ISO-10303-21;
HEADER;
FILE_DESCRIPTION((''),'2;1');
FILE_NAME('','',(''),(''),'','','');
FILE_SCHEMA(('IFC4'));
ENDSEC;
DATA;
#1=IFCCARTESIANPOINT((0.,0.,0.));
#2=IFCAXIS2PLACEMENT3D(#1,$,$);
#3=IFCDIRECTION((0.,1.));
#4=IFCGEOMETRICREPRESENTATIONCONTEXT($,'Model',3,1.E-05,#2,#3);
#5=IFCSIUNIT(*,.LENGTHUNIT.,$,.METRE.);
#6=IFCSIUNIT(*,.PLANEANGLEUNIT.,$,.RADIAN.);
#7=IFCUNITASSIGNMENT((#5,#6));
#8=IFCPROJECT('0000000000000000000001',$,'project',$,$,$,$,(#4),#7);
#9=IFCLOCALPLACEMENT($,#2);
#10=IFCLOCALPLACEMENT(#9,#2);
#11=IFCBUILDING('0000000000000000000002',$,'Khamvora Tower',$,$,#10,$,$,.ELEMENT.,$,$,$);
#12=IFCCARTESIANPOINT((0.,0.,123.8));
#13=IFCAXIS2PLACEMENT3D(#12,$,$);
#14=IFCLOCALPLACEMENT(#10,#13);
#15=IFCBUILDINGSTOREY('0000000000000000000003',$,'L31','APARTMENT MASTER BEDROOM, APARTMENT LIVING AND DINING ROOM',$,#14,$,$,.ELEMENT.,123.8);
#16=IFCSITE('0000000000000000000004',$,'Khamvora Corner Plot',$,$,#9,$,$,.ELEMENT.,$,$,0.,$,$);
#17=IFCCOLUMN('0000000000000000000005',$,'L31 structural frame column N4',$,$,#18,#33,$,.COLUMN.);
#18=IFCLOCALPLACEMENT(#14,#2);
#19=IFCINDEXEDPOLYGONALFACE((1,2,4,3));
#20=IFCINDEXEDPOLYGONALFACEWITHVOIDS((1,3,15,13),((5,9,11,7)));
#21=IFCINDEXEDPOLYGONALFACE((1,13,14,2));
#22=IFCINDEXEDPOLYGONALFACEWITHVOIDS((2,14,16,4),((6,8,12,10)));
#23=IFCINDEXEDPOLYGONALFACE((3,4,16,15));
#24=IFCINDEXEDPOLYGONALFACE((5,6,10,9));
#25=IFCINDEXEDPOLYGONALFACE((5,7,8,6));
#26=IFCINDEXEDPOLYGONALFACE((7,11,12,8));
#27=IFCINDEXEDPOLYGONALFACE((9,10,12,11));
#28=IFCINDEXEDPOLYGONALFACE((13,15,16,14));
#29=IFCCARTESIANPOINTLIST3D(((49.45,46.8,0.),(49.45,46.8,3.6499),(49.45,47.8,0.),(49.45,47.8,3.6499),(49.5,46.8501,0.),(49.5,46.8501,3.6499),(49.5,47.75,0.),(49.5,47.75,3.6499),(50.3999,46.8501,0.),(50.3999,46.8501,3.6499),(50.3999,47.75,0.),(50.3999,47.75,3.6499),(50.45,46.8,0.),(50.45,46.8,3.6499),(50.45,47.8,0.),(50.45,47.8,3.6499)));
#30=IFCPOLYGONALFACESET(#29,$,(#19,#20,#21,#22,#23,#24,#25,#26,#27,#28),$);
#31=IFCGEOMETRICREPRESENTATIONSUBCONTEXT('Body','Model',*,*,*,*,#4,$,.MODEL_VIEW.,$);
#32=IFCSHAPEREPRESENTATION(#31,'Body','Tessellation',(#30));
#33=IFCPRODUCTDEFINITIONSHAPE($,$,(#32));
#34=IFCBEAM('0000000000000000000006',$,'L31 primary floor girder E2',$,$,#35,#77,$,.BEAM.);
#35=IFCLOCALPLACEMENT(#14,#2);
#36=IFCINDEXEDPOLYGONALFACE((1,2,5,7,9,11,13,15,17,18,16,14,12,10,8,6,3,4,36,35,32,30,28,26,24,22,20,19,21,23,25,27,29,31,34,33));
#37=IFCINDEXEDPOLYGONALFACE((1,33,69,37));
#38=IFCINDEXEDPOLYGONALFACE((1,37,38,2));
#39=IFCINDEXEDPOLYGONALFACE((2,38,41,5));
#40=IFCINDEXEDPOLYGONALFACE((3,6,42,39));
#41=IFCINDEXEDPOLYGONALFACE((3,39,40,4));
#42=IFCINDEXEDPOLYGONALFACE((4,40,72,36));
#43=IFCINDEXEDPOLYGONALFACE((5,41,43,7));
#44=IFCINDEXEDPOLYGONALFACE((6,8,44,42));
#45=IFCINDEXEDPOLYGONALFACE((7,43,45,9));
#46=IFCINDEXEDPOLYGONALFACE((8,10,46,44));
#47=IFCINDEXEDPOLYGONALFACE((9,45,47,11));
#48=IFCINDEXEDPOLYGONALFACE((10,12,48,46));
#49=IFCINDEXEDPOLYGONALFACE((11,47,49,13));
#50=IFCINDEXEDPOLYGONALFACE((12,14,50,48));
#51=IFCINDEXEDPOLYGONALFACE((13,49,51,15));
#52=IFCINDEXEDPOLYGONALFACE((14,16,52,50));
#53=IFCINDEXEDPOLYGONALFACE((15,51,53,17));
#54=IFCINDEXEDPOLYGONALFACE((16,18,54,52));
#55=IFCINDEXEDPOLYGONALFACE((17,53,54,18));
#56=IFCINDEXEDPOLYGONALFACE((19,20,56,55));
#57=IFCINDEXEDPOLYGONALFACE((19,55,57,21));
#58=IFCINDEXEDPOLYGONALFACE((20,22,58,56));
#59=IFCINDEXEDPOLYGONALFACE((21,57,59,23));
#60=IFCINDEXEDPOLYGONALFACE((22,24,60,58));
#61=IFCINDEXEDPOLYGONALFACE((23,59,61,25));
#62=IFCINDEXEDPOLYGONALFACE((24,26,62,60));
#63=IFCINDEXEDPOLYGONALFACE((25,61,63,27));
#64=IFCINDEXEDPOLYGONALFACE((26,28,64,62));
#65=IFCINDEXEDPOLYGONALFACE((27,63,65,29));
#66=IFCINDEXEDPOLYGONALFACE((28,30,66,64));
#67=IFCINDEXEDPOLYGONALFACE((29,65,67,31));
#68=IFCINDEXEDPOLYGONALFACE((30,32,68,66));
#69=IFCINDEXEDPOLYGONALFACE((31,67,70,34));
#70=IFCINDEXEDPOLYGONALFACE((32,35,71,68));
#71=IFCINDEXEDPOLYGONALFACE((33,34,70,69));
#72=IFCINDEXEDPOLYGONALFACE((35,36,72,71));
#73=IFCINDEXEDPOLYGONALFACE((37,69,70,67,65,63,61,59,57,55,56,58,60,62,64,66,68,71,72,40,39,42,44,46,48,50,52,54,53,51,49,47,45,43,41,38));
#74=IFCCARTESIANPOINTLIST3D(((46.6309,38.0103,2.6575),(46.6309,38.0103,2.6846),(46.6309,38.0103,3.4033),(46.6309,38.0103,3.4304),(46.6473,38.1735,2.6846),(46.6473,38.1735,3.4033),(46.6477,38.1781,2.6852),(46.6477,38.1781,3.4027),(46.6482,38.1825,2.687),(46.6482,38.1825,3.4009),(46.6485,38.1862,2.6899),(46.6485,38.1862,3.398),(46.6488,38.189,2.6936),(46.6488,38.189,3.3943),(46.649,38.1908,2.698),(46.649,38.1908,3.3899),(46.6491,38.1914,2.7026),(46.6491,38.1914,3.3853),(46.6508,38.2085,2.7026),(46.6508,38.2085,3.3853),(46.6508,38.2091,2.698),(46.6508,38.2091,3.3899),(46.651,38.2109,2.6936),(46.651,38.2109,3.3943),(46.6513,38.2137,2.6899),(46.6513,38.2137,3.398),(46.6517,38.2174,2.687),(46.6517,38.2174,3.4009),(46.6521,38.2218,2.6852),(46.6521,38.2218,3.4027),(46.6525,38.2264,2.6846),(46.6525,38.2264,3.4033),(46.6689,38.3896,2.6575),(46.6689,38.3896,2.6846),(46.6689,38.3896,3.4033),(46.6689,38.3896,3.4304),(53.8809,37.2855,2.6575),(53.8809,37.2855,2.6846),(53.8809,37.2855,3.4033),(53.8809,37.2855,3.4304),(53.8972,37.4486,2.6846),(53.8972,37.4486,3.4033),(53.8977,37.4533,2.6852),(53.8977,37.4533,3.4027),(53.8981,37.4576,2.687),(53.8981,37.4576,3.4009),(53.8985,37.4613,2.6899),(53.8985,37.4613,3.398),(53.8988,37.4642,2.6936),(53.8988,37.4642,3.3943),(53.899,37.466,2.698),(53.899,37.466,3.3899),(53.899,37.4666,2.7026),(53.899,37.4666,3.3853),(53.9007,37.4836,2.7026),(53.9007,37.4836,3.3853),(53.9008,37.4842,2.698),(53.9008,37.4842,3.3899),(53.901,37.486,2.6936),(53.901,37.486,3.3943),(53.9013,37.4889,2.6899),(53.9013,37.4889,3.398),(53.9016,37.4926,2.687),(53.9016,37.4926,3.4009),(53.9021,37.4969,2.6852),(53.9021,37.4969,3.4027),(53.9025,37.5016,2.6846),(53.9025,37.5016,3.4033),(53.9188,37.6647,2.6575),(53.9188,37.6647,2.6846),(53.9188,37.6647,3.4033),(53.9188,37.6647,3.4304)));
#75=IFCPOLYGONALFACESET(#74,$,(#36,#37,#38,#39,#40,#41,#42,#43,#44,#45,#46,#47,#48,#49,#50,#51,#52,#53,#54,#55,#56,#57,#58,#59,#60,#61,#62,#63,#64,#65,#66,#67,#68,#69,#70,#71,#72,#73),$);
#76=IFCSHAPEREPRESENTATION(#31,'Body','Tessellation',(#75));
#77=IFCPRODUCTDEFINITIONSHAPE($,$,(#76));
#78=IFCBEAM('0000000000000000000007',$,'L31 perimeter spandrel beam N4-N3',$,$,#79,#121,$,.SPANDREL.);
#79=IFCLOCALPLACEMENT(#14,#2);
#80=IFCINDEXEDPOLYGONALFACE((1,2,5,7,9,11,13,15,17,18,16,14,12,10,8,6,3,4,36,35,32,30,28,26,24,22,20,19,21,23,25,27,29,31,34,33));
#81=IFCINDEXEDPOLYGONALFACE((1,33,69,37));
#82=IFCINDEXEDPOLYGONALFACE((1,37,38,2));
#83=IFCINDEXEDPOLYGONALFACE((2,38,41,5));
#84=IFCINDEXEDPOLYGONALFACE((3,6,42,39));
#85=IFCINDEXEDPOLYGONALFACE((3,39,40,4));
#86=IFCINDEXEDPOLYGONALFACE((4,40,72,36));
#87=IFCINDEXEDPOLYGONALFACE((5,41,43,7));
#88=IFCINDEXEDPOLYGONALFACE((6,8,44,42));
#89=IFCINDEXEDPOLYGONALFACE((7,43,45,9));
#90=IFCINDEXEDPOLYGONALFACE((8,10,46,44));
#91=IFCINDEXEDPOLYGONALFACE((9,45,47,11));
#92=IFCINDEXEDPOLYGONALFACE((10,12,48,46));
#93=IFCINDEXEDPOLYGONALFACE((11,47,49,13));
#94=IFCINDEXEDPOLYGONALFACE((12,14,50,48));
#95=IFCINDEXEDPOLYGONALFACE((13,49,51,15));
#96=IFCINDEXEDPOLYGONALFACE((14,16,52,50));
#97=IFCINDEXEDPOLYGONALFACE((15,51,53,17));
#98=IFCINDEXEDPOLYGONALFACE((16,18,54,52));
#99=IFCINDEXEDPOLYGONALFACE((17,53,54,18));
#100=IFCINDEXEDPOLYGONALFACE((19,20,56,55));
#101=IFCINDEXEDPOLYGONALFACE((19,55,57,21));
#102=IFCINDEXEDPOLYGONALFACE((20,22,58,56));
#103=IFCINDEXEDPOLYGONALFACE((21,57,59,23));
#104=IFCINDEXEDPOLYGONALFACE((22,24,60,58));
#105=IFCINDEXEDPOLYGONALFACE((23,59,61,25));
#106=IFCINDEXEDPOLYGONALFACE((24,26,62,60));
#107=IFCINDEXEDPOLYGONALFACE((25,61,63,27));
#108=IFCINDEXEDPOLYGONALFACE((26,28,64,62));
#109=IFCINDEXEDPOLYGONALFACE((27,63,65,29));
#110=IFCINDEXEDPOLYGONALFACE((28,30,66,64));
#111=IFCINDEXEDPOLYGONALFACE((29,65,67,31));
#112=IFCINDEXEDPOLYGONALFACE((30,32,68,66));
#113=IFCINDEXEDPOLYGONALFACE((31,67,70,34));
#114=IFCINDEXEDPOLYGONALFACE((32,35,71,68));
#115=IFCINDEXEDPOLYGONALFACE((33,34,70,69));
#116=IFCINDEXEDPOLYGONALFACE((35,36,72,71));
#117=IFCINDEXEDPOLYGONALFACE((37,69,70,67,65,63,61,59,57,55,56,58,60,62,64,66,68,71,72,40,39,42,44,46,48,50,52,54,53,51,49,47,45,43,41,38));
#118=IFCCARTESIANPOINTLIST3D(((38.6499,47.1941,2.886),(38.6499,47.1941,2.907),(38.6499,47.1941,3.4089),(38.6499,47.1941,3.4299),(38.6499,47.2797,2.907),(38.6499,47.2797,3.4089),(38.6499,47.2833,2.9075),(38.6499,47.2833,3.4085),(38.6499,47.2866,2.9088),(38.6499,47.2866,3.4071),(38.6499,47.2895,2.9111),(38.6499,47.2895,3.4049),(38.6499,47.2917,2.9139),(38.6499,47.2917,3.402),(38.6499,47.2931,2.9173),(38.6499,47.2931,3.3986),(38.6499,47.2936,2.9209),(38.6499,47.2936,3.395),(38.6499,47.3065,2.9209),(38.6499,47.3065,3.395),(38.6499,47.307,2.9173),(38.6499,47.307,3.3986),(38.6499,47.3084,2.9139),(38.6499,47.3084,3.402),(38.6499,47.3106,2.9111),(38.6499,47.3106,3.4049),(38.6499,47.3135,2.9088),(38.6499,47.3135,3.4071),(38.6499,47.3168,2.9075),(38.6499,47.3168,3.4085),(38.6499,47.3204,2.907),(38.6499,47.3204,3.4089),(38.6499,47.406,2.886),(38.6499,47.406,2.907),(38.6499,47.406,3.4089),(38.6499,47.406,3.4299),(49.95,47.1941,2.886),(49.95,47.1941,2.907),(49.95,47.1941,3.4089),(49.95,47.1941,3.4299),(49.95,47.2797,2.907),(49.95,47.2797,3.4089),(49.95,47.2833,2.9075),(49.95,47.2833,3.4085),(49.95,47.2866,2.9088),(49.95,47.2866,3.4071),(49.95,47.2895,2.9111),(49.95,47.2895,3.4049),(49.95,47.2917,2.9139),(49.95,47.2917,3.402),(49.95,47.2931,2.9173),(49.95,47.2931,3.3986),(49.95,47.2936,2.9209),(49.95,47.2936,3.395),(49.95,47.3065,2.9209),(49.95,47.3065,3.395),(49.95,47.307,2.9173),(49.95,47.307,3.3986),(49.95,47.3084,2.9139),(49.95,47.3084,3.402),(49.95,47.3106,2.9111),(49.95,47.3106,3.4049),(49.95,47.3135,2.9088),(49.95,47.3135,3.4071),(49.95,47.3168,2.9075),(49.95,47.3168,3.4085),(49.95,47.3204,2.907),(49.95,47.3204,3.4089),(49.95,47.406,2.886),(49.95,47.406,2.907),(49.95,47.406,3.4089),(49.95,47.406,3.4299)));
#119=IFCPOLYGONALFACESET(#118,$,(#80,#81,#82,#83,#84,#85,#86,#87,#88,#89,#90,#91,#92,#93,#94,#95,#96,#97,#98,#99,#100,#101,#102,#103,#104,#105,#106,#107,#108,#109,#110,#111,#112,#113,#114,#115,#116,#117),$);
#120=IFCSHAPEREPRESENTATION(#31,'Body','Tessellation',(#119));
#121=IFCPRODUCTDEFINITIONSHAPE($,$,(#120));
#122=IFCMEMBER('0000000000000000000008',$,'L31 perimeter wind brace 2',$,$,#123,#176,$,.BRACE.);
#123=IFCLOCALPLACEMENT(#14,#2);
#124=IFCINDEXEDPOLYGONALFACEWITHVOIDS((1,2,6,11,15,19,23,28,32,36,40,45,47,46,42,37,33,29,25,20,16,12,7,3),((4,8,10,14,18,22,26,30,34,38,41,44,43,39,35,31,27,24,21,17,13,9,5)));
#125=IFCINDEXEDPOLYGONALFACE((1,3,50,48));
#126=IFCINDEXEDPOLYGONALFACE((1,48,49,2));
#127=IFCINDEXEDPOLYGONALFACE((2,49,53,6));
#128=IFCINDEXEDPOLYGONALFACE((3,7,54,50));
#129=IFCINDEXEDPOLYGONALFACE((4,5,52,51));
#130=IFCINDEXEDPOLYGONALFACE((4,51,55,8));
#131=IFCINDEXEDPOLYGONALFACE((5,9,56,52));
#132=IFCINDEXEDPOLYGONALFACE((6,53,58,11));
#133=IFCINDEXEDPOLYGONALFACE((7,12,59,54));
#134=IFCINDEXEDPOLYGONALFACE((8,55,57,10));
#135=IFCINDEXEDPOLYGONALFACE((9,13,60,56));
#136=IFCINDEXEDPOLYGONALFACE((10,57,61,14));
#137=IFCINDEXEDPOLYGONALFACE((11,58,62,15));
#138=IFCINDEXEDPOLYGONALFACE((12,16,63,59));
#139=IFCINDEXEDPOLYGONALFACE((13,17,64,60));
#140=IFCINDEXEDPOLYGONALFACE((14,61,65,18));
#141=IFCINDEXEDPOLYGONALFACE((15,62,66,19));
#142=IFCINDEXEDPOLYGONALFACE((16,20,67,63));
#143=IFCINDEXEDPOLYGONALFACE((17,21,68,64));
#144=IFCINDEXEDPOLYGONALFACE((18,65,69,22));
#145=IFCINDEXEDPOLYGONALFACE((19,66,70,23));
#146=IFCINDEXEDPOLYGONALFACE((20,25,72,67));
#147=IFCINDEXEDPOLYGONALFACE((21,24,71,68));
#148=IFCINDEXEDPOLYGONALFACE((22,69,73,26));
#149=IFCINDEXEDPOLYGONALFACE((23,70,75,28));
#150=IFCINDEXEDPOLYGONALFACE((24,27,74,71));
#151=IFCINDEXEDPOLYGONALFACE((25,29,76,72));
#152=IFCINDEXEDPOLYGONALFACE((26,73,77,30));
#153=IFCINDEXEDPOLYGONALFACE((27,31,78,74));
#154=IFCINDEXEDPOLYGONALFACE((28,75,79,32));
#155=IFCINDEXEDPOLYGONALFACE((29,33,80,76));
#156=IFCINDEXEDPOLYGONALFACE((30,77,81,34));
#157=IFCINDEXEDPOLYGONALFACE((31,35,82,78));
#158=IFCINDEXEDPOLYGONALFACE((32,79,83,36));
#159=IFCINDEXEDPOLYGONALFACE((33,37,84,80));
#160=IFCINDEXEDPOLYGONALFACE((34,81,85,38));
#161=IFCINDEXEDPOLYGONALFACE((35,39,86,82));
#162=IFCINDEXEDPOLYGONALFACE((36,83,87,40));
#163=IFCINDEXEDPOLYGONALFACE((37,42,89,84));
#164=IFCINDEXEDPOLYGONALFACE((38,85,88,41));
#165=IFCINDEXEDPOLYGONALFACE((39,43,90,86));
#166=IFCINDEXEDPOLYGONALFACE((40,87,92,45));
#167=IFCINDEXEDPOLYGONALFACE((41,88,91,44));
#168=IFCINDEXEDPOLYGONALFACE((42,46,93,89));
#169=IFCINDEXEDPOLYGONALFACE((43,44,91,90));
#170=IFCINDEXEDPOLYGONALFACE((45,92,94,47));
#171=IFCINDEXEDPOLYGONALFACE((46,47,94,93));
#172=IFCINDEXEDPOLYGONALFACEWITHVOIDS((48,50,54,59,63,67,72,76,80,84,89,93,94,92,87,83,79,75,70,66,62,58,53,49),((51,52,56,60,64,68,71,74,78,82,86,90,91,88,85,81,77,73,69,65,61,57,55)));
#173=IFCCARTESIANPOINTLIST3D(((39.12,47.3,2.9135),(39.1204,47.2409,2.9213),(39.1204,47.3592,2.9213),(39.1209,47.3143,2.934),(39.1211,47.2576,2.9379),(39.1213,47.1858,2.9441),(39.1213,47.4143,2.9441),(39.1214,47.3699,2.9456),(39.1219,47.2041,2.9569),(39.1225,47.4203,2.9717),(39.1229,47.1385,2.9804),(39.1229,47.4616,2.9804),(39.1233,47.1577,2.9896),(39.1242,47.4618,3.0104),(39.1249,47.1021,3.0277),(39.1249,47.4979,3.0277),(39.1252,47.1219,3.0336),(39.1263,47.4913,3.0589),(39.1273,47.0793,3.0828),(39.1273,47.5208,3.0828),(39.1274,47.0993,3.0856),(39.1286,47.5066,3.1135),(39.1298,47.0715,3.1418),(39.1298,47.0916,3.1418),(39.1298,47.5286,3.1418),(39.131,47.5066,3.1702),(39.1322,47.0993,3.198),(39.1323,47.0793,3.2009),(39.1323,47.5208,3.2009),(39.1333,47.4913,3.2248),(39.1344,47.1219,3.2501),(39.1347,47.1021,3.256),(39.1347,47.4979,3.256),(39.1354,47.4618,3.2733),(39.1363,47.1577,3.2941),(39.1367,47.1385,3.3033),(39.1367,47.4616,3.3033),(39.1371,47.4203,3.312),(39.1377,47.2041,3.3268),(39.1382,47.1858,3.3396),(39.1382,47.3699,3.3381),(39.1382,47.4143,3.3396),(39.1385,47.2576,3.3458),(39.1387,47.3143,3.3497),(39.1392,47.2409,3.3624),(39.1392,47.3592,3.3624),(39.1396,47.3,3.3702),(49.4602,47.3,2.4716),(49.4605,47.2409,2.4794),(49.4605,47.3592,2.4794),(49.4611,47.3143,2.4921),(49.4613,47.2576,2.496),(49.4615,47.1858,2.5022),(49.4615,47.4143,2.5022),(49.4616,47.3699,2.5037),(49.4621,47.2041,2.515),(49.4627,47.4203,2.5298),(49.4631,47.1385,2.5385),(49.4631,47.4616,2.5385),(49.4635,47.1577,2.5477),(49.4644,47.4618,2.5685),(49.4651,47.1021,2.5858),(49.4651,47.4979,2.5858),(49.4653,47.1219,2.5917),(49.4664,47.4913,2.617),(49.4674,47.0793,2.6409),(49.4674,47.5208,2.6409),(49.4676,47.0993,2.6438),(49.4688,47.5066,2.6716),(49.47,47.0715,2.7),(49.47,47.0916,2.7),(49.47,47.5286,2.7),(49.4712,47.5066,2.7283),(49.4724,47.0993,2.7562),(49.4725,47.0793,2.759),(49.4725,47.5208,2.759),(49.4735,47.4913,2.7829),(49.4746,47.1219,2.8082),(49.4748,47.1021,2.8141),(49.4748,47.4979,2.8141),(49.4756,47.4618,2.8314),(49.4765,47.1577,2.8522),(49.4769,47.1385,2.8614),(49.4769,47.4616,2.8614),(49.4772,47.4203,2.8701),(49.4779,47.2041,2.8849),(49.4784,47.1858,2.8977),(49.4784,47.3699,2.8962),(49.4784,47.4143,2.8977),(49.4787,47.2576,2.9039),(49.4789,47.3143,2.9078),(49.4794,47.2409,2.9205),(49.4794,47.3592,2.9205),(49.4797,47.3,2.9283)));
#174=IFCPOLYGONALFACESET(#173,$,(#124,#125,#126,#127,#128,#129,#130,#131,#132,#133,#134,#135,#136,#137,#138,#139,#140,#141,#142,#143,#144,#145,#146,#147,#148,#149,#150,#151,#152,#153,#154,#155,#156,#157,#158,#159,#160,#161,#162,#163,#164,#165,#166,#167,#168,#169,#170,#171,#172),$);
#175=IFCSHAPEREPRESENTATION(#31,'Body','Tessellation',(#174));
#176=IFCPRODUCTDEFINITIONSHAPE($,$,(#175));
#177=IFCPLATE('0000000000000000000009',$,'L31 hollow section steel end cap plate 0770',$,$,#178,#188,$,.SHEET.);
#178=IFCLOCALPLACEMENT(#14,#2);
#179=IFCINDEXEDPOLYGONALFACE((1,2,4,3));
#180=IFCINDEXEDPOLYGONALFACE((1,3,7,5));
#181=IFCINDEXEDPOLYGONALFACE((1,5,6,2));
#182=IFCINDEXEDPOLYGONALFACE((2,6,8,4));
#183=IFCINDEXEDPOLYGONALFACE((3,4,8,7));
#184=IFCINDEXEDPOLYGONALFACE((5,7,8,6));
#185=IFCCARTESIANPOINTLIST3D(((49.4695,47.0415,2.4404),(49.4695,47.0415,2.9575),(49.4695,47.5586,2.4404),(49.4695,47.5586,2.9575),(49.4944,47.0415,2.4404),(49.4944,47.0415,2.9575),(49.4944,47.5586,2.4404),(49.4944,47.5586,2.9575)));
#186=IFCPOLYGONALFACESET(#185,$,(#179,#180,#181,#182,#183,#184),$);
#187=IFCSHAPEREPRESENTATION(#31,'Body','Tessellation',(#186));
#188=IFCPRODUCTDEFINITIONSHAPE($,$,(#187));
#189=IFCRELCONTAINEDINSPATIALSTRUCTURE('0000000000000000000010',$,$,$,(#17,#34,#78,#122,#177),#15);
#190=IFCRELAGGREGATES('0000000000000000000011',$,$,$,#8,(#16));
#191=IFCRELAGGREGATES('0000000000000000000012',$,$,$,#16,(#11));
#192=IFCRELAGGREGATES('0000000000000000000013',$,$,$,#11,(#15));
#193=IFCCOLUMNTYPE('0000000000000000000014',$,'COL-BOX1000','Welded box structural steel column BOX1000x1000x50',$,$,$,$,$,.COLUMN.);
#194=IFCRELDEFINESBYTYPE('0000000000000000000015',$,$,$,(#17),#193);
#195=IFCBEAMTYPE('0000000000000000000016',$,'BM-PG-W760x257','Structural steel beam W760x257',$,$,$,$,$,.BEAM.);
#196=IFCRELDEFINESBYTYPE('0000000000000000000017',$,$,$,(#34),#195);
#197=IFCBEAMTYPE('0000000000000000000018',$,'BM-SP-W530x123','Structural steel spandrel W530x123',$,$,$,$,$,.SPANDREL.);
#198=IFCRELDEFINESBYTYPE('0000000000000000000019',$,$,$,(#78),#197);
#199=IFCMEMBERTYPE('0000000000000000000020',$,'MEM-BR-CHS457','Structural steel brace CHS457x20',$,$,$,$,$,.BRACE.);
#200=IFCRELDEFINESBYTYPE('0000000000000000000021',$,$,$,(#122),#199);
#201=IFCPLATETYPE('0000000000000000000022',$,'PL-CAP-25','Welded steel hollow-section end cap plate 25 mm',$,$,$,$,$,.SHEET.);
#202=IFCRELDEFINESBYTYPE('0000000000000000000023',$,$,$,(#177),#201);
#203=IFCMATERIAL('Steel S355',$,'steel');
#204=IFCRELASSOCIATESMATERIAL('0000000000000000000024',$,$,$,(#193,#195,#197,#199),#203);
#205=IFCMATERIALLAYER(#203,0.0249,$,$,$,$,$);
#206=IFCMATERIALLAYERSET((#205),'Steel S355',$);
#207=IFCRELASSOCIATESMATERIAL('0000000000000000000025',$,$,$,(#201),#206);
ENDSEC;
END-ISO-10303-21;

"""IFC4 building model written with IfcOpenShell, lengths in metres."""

from ifc_helpers import new_model, si_unit, direction, frame, origin, origin_2d, place, context, subcontext, project, spatial, rectangle, hollow_rectangle, hollow_circle, i_section, extrude, material, layer, layer_set, material_profile, profile_set, type_object, element, save


model = new_model("IFC4")

# Units and contexts
model_context = context("Model", 3, precision=1e-05, world=origin(), true_north=direction((0.0, 1.0)))
body_context = subcontext(model_context, "Body", "Model", "MODEL_VIEW")
ifc_project = project(units=[si_unit("LENGTHUNIT", "METRE"), si_unit("PLANEANGLEUNIT", "RADIAN")], contexts=[model_context])

# Site, building, storey
site_placement = place(None, origin())
site = spatial("IfcSite", under=ifc_project, at=site_placement, Name="Khamvora Corner Plot", CompositionType="ELEMENT", RefElevation=0.0)
building_placement = place(site_placement, origin())
building = spatial("IfcBuilding", under=site, at=building_placement, Name="Khamvora Tower", CompositionType="ELEMENT")
storey_placement = place(building_placement, frame((0.0, 0.0, 123.8)))
storey = spatial("IfcBuildingStorey", under=building, at=storey_placement, Name="L31", Description="APARTMENT MASTER BEDROOM, APARTMENT LIVING AND DINING ROOM", CompositionType="ELEMENT", Elevation=123.8)

# Column
ifc_material_1 = material(Name="Steel S355", Category="steel")
ifc_material_profile_1 = material_profile(ifc_material_1, hollow_rectangle(XDim=1.0, YDim=1.0, WallThickness=0.05, at=origin_2d()), Name="BOX1000x1000x50")
ifc_profile_set_1 = profile_set([ifc_material_profile_1], Name="Steel S355")
column_type = type_object("IfcColumnType", Name="COL-BOX1000", Description="Welded box structural steel column BOX1000x1000x50", PredefinedType="COLUMN", material=ifc_profile_set_1)
column_placement = place(storey_placement, frame((49.95, 47.3, 0.0), z_axis=(0.0, 0.0, 1.0), x_axis=(1.0, 0.0, 0.0)))
element("IfcColumn", 1, at=column_placement, inside=storey, type_object=column_type, Name="L31 structural frame column N4", PredefinedType="COLUMN", context=body_context, shape_type="SweptSolid", body=[
    extrude(hollow_rectangle(XDim=1.0, YDim=1.0, WallThickness=0.05, at=origin_2d()), origin(), (0.0, 0.0, 1.0), 3.6499),
])

# Beams
ifc_material_profile_2 = material_profile(ifc_material_1, i_section(OverallWidth=0.3811, OverallDepth=0.7729, WebThickness=0.0171, FlangeThickness=0.0271, FilletRadius=0.0181, at=origin_2d()), Name="W760x257")
ifc_profile_set_2 = profile_set([ifc_material_profile_2], Name="Steel S355")
beam_type_1 = type_object("IfcBeamType", Name="BM-PG-W760x257", Description="Structural steel beam W760x257", PredefinedType="BEAM", material=ifc_profile_set_2)
beam_1_placement = place(storey_placement, frame((46.6499, 38.2, 3.0439), z_axis=(0.995039, -0.099484, 0.0), x_axis=(0.099484, 0.995039, 0.0)))
element("IfcBeam", 2, at=beam_1_placement, inside=storey, type_object=beam_type_1, Name="L31 primary floor girder E2", PredefinedType="BEAM", context=body_context, shape_type="SweptSolid", body=[
    extrude(i_section(OverallWidth=0.3811, OverallDepth=0.7729, WebThickness=0.0171, FlangeThickness=0.0271, FilletRadius=0.0181, at=origin_2d()), origin(), (0.0, 0.0, 1.0), 7.2861),
])
ifc_material_profile_3 = material_profile(ifc_material_1, i_section(OverallWidth=0.2119, OverallDepth=0.5439, WebThickness=0.0129, FlangeThickness=0.021, FilletRadius=0.0139, at=origin_2d()), Name="W530x123")
ifc_profile_set_3 = profile_set([ifc_material_profile_3], Name="Steel S355")
beam_type_2 = type_object("IfcBeamType", Name="BM-SP-W530x123", Description="Structural steel spandrel W530x123", PredefinedType="SPANDREL", material=ifc_profile_set_3)
beam_2_placement = place(storey_placement, frame((49.95, 47.3, 3.158), z_axis=(-1.0, 0.0, 0.0), x_axis=(0.0, -1.0, 0.0)))
element("IfcBeam", 3, at=beam_2_placement, inside=storey, type_object=beam_type_2, Name="L31 perimeter spandrel beam N4-N3", PredefinedType="SPANDREL", context=body_context, shape_type="SweptSolid", body=[
    extrude(i_section(OverallWidth=0.2119, OverallDepth=0.5439, WebThickness=0.0129, FlangeThickness=0.021, FilletRadius=0.0139, at=origin_2d()), origin(), (0.0, 0.0, 1.0), 11.3),
])

# Member
ifc_material_profile_4 = material_profile(ifc_material_1, hollow_circle(Radius=0.2285, WallThickness=0.02, at=origin_2d()), Name="CHS457x20")
ifc_profile_set_4 = profile_set([ifc_material_profile_4], Name="Steel S355")
member_type = type_object("IfcMemberType", Name="MEM-BR-CHS457", Description="Structural steel brace CHS457x20", PredefinedType="BRACE", material=ifc_profile_set_4)
member_placement = place(storey_placement, frame((49.47, 47.3, 2.7), z_axis=(-0.999088, 0.0, 0.042697), x_axis=(0.0, -1.0, 0.0)))
element("IfcMember", 4, at=member_placement, inside=storey, type_object=member_type, Name="L31 perimeter wind brace 2", PredefinedType="BRACE", context=body_context, shape_type="SweptSolid", body=[
    extrude(hollow_circle(Radius=0.2285, WallThickness=0.02, at=origin_2d()), origin(), (0.0, 0.0, 1.0), 10.3496),
])

# Plate
ifc_layer_1 = layer(ifc_material_1, 0.0249)
ifc_layer_set_1 = layer_set([ifc_layer_1], Name="Steel S355")
plate_type_1 = type_object("IfcPlateType", Name="PL-CAP-25", Description="Welded steel hollow-section end cap plate 25 mm", PredefinedType="SHEET", material=ifc_layer_set_1)
plate_1_placement = place(storey_placement, frame((49.4819, 47.3, 2.4404), z_axis=(0.0, 0.0, 1.0), x_axis=(-1.0, 0.0, 0.0)))
element("IfcPlate", 5, at=plate_1_placement, inside=storey, type_object=plate_type_1, Name="L31 hollow section steel end cap plate 0770", PredefinedType="SHEET", context=body_context, shape_type="SweptSolid", body=[
    extrude(rectangle(XDim=0.0249, YDim=0.5171, at=origin_2d()), origin(), (0.0, 0.0, 1.0), 0.5171),
])

save(model, "model.ifc")
